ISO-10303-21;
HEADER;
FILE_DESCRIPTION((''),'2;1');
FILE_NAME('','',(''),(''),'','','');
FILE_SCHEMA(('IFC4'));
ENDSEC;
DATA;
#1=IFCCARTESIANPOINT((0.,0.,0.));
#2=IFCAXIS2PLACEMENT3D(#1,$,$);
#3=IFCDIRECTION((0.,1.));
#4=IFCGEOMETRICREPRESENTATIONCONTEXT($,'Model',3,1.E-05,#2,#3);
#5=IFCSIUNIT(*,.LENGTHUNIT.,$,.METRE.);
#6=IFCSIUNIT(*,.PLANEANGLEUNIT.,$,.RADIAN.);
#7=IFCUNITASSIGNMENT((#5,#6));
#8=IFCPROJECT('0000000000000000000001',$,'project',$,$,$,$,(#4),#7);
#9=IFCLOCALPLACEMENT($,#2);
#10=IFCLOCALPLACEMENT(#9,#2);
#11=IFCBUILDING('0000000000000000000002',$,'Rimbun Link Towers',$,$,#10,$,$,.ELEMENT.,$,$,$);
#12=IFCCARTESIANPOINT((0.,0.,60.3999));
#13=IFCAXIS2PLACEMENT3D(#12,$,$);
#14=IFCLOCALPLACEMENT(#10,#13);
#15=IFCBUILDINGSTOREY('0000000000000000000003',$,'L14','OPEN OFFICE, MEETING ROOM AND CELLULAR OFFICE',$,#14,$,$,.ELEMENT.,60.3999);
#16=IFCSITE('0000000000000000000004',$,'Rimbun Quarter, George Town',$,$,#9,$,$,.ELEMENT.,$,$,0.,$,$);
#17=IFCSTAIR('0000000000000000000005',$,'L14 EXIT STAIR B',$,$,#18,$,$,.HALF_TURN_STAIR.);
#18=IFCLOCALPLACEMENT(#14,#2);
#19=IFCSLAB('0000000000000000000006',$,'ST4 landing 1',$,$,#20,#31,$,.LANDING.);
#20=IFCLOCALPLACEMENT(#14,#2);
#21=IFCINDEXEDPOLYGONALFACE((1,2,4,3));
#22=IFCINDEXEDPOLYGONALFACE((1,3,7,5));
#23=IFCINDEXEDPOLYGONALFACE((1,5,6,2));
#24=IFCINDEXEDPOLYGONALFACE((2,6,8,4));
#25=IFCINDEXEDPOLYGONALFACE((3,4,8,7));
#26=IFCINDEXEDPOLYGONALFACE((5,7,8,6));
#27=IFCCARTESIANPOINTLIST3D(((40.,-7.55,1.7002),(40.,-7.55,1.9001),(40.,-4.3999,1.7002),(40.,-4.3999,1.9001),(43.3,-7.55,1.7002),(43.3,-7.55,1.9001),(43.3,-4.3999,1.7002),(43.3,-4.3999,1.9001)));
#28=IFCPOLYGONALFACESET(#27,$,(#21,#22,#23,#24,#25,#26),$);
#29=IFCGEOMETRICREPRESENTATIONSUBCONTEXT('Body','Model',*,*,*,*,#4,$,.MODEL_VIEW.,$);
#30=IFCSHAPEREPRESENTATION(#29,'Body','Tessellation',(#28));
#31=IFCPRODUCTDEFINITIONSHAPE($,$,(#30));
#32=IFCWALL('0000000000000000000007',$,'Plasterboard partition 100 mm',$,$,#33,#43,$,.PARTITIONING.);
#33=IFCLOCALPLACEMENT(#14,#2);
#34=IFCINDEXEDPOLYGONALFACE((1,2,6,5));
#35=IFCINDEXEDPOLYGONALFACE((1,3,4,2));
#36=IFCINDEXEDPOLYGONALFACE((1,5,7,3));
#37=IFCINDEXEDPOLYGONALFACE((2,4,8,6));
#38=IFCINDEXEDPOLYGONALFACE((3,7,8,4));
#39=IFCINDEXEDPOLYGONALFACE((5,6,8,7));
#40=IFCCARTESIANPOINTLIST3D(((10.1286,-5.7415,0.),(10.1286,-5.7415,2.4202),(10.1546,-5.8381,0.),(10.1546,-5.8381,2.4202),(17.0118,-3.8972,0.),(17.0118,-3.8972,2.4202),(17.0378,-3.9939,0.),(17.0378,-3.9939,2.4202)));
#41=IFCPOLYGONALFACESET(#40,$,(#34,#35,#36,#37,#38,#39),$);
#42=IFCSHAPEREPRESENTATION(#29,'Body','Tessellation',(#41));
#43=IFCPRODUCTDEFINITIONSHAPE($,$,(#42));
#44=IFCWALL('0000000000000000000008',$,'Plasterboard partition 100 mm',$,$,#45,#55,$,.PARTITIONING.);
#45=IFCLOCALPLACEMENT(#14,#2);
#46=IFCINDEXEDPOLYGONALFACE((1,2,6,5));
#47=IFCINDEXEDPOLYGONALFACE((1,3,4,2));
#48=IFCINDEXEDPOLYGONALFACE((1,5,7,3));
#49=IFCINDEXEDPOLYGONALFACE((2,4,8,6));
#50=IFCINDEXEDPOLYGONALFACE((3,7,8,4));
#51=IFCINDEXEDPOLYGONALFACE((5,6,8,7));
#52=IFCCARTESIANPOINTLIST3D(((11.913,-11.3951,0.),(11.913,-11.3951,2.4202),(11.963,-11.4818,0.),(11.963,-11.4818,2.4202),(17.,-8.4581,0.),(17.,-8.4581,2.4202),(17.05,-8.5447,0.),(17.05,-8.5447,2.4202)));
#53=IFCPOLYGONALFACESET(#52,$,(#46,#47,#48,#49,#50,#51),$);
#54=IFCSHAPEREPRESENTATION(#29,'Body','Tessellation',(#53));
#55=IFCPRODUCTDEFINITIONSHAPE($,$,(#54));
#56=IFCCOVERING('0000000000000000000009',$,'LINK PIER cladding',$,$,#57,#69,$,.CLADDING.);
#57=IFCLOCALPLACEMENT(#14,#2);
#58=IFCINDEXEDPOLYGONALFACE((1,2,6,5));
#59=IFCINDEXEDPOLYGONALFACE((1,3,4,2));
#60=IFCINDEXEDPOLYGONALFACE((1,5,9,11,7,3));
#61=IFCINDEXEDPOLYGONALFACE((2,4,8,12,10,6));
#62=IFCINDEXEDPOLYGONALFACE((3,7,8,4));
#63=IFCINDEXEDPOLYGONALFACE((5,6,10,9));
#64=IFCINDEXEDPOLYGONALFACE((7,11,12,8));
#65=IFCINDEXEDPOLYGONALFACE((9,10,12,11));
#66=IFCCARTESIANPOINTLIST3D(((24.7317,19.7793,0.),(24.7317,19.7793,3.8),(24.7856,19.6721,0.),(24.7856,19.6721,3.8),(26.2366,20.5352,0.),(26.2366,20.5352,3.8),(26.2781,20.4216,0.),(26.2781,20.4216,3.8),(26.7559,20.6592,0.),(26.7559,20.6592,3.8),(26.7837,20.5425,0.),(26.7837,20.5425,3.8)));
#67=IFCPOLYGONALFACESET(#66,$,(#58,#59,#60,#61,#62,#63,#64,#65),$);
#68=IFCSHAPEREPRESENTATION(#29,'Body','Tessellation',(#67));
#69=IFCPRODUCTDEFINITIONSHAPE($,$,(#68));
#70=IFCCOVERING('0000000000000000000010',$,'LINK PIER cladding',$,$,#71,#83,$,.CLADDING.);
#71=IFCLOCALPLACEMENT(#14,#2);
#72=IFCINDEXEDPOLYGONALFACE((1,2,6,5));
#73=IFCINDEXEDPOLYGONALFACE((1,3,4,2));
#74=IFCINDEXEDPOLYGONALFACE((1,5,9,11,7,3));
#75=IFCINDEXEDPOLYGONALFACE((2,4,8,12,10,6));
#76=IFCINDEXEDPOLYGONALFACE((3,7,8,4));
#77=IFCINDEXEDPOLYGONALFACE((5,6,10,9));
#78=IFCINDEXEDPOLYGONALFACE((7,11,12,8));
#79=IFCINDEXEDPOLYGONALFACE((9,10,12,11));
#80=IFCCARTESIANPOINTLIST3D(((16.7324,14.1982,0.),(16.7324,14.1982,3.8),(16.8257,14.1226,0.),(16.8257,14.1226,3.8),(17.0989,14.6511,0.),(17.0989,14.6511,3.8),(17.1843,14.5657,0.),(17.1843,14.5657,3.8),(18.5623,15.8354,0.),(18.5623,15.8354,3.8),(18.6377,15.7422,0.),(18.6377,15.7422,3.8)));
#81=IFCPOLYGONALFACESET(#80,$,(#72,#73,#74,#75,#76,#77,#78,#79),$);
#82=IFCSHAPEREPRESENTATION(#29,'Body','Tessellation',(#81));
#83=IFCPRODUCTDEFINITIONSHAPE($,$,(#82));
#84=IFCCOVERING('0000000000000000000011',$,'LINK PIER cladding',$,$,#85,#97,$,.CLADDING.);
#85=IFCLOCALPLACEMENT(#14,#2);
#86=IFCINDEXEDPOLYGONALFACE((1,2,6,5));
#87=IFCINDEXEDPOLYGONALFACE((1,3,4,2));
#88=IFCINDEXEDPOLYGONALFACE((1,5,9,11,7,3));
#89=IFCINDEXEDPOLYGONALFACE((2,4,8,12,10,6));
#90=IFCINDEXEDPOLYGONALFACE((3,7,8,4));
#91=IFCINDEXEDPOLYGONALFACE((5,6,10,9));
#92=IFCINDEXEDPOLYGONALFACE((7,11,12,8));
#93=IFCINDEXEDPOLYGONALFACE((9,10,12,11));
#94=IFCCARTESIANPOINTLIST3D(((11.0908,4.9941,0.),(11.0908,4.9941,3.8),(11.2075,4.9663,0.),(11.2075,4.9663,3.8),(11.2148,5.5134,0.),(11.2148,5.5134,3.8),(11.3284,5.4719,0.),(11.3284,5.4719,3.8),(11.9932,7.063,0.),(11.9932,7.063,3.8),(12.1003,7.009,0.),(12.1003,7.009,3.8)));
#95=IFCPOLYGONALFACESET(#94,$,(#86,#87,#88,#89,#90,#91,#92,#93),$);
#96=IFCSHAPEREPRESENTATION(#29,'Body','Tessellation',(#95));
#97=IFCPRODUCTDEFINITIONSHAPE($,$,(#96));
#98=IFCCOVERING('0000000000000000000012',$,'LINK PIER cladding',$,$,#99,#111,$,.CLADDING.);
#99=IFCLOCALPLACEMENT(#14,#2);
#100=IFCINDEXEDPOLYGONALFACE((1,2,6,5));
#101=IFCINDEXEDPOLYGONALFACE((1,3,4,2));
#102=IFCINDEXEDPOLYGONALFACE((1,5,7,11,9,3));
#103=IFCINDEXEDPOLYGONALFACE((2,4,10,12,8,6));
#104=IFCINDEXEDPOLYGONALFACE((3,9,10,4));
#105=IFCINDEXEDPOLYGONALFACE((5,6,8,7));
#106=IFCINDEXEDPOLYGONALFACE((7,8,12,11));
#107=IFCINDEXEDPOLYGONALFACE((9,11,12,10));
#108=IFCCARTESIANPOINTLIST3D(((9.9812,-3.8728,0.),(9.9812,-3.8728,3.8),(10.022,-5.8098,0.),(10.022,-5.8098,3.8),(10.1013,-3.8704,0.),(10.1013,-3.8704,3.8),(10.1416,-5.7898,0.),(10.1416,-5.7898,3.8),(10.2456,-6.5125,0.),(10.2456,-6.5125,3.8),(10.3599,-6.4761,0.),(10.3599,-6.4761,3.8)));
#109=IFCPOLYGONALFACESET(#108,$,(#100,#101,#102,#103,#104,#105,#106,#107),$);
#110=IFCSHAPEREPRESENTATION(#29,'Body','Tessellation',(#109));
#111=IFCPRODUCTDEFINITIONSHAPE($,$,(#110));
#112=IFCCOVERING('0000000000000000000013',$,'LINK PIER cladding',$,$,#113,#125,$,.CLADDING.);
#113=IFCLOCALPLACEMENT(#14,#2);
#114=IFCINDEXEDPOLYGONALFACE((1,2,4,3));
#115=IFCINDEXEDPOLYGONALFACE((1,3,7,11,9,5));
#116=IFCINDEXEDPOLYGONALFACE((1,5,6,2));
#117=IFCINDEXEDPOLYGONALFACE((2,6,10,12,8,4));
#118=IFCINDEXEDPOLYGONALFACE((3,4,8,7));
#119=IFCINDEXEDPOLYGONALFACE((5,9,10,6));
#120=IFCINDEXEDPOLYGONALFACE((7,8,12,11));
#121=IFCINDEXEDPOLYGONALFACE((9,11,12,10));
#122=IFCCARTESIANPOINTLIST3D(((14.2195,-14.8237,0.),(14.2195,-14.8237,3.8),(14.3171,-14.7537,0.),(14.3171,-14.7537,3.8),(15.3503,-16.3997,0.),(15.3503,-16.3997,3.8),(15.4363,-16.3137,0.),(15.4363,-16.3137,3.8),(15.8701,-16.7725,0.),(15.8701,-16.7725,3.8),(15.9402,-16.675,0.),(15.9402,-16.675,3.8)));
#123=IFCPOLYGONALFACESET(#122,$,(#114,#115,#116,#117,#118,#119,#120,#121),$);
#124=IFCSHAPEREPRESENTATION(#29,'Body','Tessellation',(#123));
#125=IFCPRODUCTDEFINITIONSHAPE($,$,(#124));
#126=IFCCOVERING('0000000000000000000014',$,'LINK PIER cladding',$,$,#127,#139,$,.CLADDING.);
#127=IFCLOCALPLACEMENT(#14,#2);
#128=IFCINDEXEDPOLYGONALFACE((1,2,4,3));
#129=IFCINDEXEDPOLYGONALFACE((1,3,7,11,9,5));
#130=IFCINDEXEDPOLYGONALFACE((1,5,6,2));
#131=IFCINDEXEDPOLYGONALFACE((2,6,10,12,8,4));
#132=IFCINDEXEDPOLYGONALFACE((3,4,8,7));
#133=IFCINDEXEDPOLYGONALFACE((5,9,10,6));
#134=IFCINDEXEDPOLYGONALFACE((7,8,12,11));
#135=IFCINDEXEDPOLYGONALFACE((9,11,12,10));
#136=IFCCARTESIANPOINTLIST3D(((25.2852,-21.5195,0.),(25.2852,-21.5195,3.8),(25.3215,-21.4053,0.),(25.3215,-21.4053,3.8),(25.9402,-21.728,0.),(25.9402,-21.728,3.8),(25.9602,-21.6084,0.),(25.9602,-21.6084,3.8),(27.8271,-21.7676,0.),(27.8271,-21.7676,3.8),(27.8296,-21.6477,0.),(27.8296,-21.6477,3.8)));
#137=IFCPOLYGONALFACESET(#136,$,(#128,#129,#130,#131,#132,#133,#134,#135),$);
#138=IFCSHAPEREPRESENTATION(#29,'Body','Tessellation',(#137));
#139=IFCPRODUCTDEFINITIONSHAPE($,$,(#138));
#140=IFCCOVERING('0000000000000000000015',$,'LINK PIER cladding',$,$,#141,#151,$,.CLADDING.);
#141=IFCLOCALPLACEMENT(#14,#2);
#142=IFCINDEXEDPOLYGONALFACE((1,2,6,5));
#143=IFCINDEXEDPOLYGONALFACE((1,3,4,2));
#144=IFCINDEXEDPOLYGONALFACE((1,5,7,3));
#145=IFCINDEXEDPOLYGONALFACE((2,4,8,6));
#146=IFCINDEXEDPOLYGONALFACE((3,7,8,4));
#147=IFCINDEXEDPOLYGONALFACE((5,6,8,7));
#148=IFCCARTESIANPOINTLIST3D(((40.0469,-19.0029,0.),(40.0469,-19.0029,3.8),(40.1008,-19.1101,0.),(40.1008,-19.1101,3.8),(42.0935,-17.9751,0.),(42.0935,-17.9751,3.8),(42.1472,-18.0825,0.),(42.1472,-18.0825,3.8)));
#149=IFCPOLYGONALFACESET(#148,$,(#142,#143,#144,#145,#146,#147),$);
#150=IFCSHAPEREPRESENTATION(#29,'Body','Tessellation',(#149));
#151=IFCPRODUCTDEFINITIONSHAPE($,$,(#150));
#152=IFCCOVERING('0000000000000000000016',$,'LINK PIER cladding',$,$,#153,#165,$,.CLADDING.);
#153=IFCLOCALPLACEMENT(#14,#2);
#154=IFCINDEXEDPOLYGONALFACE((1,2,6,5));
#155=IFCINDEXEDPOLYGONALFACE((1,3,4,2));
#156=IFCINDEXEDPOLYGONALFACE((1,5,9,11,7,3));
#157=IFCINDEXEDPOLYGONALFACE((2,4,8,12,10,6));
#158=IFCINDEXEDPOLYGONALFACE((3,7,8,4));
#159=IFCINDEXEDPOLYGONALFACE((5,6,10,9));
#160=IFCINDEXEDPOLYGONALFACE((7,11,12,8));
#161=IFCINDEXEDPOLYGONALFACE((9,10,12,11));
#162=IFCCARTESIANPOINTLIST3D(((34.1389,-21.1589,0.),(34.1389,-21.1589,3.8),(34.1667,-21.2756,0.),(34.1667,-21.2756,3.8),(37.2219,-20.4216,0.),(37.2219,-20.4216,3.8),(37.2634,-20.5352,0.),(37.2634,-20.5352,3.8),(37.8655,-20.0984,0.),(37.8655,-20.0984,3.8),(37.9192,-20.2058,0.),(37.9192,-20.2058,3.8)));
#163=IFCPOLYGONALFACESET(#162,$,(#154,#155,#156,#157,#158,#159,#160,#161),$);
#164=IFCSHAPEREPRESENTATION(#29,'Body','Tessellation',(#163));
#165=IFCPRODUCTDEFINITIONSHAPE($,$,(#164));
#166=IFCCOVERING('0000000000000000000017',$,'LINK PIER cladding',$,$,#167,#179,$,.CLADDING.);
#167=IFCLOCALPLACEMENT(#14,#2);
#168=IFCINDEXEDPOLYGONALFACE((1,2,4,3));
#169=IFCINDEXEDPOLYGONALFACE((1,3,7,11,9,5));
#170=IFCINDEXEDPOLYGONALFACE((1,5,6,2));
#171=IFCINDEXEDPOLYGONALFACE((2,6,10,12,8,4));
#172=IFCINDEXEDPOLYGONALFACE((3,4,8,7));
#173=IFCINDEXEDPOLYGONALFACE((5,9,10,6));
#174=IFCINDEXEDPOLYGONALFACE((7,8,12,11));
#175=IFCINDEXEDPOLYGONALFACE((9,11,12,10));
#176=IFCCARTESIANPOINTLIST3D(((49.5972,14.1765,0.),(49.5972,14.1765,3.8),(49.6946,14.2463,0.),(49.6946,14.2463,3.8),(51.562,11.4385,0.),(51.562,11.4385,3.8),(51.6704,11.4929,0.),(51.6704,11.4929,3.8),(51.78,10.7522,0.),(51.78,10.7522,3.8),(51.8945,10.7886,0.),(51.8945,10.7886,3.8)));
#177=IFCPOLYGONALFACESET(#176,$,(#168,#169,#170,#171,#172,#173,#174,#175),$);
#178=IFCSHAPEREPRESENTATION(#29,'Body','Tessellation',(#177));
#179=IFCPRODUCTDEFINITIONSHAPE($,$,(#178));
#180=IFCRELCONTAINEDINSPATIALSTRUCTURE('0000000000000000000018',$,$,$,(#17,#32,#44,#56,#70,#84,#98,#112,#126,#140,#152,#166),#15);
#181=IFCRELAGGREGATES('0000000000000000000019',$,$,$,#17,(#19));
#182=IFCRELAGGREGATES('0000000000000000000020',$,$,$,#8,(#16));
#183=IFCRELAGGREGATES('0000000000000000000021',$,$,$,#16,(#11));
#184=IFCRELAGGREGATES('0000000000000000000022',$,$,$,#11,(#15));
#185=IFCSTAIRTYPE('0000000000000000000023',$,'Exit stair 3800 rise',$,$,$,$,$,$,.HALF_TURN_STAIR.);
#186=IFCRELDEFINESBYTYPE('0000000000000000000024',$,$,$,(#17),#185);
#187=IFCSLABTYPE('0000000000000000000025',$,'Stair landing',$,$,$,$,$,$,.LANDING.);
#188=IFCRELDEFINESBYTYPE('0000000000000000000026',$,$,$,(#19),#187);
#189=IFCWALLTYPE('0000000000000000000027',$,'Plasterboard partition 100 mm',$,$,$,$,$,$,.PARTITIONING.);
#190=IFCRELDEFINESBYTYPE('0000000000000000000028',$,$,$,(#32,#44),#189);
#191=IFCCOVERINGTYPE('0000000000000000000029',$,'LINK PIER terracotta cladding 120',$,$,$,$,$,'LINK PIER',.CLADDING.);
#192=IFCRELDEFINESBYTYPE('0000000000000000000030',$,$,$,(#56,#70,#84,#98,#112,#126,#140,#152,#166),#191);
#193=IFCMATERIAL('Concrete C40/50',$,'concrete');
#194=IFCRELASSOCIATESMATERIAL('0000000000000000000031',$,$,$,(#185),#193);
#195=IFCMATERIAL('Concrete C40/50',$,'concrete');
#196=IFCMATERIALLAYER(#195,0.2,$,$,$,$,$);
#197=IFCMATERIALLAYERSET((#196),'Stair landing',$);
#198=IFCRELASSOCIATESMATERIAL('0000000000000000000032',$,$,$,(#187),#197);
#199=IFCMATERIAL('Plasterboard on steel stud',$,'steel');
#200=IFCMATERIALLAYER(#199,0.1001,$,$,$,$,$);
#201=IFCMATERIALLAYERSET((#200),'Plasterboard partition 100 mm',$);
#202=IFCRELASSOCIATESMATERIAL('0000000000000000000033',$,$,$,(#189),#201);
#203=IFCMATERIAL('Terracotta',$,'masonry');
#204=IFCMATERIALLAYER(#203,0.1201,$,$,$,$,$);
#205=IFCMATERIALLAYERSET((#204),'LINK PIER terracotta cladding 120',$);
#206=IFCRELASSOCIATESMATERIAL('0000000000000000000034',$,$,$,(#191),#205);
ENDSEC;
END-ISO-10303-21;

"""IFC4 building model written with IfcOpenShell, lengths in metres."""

from ifc_helpers import new_model, si_unit, direction, frame, frame_2d, origin, place, context, subcontext, project, spatial, polyline, rectangle, outline, extrude, material, layer, layer_set, type_object, element, aggregate, save


model = new_model("IFC4")

# Units and contexts
model_context = context("Model", 3, precision=1e-05, world=origin(), true_north=direction((0.0, 1.0)))
body_context = subcontext(model_context, "Body", "Model", "MODEL_VIEW")
ifc_project = project(units=[si_unit("LENGTHUNIT", "METRE"), si_unit("PLANEANGLEUNIT", "RADIAN")], contexts=[model_context])

# Site, building, storey
site_placement = place(None, origin())
site = spatial("IfcSite", under=ifc_project, at=site_placement, Name="Rimbun Quarter, George Town", CompositionType="ELEMENT", RefElevation=0.0)
building_placement = place(site_placement, origin())
building = spatial("IfcBuilding", under=site, at=building_placement, Name="Rimbun Link Towers", CompositionType="ELEMENT")
storey_placement = place(building_placement, frame((0.0, 0.0, 60.3999)))
storey = spatial("IfcBuildingStorey", under=building, at=storey_placement, Name="L14", Description="OPEN OFFICE, MEETING ROOM AND CELLULAR OFFICE", CompositionType="ELEMENT", Elevation=60.3999)

# Stair, slab
ifc_material_1 = material(Name="Concrete C40/50", Category="concrete")
stair_type = type_object("IfcStairType", Name="Exit stair 3800 rise", PredefinedType="HALF_TURN_STAIR", material=ifc_material_1)
ifc_material_2 = material(Name="Concrete C40/50", Category="concrete")
ifc_layer_1 = layer(ifc_material_2, 0.2)
ifc_layer_set_1 = layer_set([ifc_layer_1], Name="Stair landing")
slab_type = type_object("IfcSlabType", Name="Stair landing", PredefinedType="LANDING", material=ifc_layer_set_1)
stair_1_placement = place(storey_placement, origin())
stair_1 = element("IfcStair", 1, at=stair_1_placement, inside=storey, type_object=stair_type, Name="L14 EXIT STAIR B", PredefinedType="HALF_TURN_STAIR")
slab_1_placement = place(storey_placement, frame((0.0, 0.0, 1.7002)))
slab_1 = element("IfcSlab", 2, at=slab_1_placement, type_object=slab_type, Name="ST4 landing 1", PredefinedType="LANDING", context=body_context, shape_type="SweptSolid", body=[
    extrude(outline(polyline([(40.0, -7.55), (43.3, -7.55), (43.3, -4.3999), (40.0, -4.3999), (40.0, -7.55)])), origin(), (0.0, 0.0, 1.0), 0.2),
])
aggregate(stair_1, [slab_1])

# Walls
ifc_material_3 = material(Name="Plasterboard on steel stud", Category="steel")
ifc_layer_2 = layer(ifc_material_3, 0.1001)
ifc_layer_set_2 = layer_set([ifc_layer_2], Name="Plasterboard partition 100 mm")
wall_type = type_object("IfcWallType", Name="Plasterboard partition 100 mm", PredefinedType="PARTITIONING", material=ifc_layer_set_2)
wall_1_placement = place(storey_placement, frame((10.1416, -5.7898, 0.0), z_axis=(0.0, 0.0, 1.0), x_axis=(0.965931, 0.258801, 0.0)))
element("IfcWall", 3, at=wall_1_placement, inside=storey, type_object=wall_type, Name="Plasterboard partition 100 mm", PredefinedType="PARTITIONING", context=body_context, shape_type="SweptSolid", body=[
    extrude(rectangle(XDim=7.126, YDim=0.1001, at=frame_2d((3.563, 0.0))), origin(), (0.0, 0.0, 1.0), 2.4202),
])
wall_2_placement = place(storey_placement, frame((11.938, -11.4385, 0.0), z_axis=(0.0, 0.0, 1.0), x_axis=(0.866019, 0.50001, 0.0)))
element("IfcWall", 4, at=wall_2_placement, inside=storey, type_object=wall_type, Name="Plasterboard partition 100 mm", PredefinedType="PARTITIONING", context=body_context, shape_type="SweptSolid", body=[
    extrude(rectangle(XDim=5.874, YDim=0.1001, at=frame_2d((2.937, 0.0))), origin(), (0.0, 0.0, 1.0), 2.4202),
])

# Coverings
ifc_material_4 = material(Name="Terracotta", Category="masonry")
ifc_layer_3 = layer(ifc_material_4, 0.1201)
ifc_layer_set_3 = layer_set([ifc_layer_3], Name="LINK PIER terracotta cladding 120")
covering_type_1 = type_object("IfcCoveringType", Name="LINK PIER terracotta cladding 120", ElementType="LINK PIER", PredefinedType="CLADDING", material=ifc_layer_set_3)
covering_1_placement = place(storey_placement, origin())
element("IfcCovering", 5, at=covering_1_placement, inside=storey, type_object=covering_type_1, Name="LINK PIER cladding", PredefinedType="CLADDING", context=body_context, shape_type="SweptSolid", body=[
    extrude(outline(polyline([(24.7856, 19.6721), (26.2781, 20.4216), (26.7837, 20.5425), (26.7559, 20.6592), (26.2366, 20.5352), (24.7317, 19.7793), (24.7856, 19.6721)])), origin(), (0.0, 0.0, 1.0), 3.8),
])
covering_2_placement = place(storey_placement, origin())
element("IfcCovering", 6, at=covering_2_placement, inside=storey, type_object=covering_type_1, Name="LINK PIER cladding", PredefinedType="CLADDING", context=body_context, shape_type="SweptSolid", body=[
    extrude(outline(polyline([(16.8257, 14.1226), (17.1843, 14.5657), (18.6377, 15.7422), (18.5623, 15.8354), (17.0989, 14.6511), (16.7324, 14.1982), (16.8257, 14.1226)])), origin(), (0.0, 0.0, 1.0), 3.8),
])
covering_3_placement = place(storey_placement, origin())
element("IfcCovering", 7, at=covering_3_placement, inside=storey, type_object=covering_type_1, Name="LINK PIER cladding", PredefinedType="CLADDING", context=body_context, shape_type="SweptSolid", body=[
    extrude(outline(polyline([(11.2075, 4.9663), (11.3284, 5.4719), (12.1003, 7.009), (11.9932, 7.063), (11.2148, 5.5134), (11.0908, 4.9941), (11.2075, 4.9663)])), origin(), (0.0, 0.0, 1.0), 3.8),
])
covering_4_placement = place(storey_placement, origin())
element("IfcCovering", 8, at=covering_4_placement, inside=storey, type_object=covering_type_1, Name="LINK PIER cladding", PredefinedType="CLADDING", context=body_context, shape_type="SweptSolid", body=[
    extrude(outline(polyline([(10.3599, -6.4761), (10.1416, -5.7898), (10.1013, -3.8704), (9.9812, -3.8728), (10.022, -5.8098), (10.2456, -6.5125), (10.3599, -6.4761)])), origin(), (0.0, 0.0, 1.0), 3.8),
])
covering_5_placement = place(storey_placement, origin())
element("IfcCovering", 9, at=covering_5_placement, inside=storey, type_object=covering_type_1, Name="LINK PIER cladding", PredefinedType="CLADDING", context=body_context, shape_type="SweptSolid", body=[
    extrude(outline(polyline([(15.9402, -16.675), (15.4363, -16.3137), (14.3171, -14.7537), (14.2195, -14.8237), (15.3503, -16.3997), (15.8701, -16.7725), (15.9402, -16.675)])), origin(), (0.0, 0.0, 1.0), 3.8),
])
covering_6_placement = place(storey_placement, origin())
element("IfcCovering", 10, at=covering_6_placement, inside=storey, type_object=covering_type_1, Name="LINK PIER cladding", PredefinedType="CLADDING", context=body_context, shape_type="SweptSolid", body=[
    extrude(outline(polyline([(27.8296, -21.6477), (25.9602, -21.6084), (25.3215, -21.4053), (25.2852, -21.5195), (25.9402, -21.728), (27.8271, -21.7676), (27.8296, -21.6477)])), origin(), (0.0, 0.0, 1.0), 3.8),
])
covering_7_placement = place(storey_placement, origin())
element("IfcCovering", 11, at=covering_7_placement, inside=storey, type_object=covering_type_1, Name="LINK PIER cladding", PredefinedType="CLADDING", context=body_context, shape_type="SweptSolid", body=[
    extrude(outline(polyline([(42.0935, -17.9751), (40.0469, -19.0029), (40.1008, -19.1101), (42.1472, -18.0825), (42.0935, -17.9751)])), origin(), (0.0, 0.0, 1.0), 3.8),
])
covering_8_placement = place(storey_placement, origin())
element("IfcCovering", 12, at=covering_8_placement, inside=storey, type_object=covering_type_1, Name="LINK PIER cladding", PredefinedType="CLADDING", context=body_context, shape_type="SweptSolid", body=[
    extrude(outline(polyline([(37.8655, -20.0984), (37.2219, -20.4216), (34.1389, -21.1589), (34.1667, -21.2756), (37.2634, -20.5352), (37.9192, -20.2058), (37.8655, -20.0984)])), origin(), (0.0, 0.0, 1.0), 3.8),
])
covering_9_placement = place(storey_placement, origin())
element("IfcCovering", 13, at=covering_9_placement, inside=storey, type_object=covering_type_1, Name="LINK PIER cladding", PredefinedType="CLADDING", context=body_context, shape_type="SweptSolid", body=[
    extrude(outline(polyline([(49.5972, 14.1765), (51.562, 11.4385), (51.78, 10.7522), (51.8945, 10.7886), (51.6704, 11.4929), (49.6946, 14.2463), (49.5972, 14.1765)])), origin(), (0.0, 0.0, 1.0), 3.8),
])

save(model, "model.ifc")
